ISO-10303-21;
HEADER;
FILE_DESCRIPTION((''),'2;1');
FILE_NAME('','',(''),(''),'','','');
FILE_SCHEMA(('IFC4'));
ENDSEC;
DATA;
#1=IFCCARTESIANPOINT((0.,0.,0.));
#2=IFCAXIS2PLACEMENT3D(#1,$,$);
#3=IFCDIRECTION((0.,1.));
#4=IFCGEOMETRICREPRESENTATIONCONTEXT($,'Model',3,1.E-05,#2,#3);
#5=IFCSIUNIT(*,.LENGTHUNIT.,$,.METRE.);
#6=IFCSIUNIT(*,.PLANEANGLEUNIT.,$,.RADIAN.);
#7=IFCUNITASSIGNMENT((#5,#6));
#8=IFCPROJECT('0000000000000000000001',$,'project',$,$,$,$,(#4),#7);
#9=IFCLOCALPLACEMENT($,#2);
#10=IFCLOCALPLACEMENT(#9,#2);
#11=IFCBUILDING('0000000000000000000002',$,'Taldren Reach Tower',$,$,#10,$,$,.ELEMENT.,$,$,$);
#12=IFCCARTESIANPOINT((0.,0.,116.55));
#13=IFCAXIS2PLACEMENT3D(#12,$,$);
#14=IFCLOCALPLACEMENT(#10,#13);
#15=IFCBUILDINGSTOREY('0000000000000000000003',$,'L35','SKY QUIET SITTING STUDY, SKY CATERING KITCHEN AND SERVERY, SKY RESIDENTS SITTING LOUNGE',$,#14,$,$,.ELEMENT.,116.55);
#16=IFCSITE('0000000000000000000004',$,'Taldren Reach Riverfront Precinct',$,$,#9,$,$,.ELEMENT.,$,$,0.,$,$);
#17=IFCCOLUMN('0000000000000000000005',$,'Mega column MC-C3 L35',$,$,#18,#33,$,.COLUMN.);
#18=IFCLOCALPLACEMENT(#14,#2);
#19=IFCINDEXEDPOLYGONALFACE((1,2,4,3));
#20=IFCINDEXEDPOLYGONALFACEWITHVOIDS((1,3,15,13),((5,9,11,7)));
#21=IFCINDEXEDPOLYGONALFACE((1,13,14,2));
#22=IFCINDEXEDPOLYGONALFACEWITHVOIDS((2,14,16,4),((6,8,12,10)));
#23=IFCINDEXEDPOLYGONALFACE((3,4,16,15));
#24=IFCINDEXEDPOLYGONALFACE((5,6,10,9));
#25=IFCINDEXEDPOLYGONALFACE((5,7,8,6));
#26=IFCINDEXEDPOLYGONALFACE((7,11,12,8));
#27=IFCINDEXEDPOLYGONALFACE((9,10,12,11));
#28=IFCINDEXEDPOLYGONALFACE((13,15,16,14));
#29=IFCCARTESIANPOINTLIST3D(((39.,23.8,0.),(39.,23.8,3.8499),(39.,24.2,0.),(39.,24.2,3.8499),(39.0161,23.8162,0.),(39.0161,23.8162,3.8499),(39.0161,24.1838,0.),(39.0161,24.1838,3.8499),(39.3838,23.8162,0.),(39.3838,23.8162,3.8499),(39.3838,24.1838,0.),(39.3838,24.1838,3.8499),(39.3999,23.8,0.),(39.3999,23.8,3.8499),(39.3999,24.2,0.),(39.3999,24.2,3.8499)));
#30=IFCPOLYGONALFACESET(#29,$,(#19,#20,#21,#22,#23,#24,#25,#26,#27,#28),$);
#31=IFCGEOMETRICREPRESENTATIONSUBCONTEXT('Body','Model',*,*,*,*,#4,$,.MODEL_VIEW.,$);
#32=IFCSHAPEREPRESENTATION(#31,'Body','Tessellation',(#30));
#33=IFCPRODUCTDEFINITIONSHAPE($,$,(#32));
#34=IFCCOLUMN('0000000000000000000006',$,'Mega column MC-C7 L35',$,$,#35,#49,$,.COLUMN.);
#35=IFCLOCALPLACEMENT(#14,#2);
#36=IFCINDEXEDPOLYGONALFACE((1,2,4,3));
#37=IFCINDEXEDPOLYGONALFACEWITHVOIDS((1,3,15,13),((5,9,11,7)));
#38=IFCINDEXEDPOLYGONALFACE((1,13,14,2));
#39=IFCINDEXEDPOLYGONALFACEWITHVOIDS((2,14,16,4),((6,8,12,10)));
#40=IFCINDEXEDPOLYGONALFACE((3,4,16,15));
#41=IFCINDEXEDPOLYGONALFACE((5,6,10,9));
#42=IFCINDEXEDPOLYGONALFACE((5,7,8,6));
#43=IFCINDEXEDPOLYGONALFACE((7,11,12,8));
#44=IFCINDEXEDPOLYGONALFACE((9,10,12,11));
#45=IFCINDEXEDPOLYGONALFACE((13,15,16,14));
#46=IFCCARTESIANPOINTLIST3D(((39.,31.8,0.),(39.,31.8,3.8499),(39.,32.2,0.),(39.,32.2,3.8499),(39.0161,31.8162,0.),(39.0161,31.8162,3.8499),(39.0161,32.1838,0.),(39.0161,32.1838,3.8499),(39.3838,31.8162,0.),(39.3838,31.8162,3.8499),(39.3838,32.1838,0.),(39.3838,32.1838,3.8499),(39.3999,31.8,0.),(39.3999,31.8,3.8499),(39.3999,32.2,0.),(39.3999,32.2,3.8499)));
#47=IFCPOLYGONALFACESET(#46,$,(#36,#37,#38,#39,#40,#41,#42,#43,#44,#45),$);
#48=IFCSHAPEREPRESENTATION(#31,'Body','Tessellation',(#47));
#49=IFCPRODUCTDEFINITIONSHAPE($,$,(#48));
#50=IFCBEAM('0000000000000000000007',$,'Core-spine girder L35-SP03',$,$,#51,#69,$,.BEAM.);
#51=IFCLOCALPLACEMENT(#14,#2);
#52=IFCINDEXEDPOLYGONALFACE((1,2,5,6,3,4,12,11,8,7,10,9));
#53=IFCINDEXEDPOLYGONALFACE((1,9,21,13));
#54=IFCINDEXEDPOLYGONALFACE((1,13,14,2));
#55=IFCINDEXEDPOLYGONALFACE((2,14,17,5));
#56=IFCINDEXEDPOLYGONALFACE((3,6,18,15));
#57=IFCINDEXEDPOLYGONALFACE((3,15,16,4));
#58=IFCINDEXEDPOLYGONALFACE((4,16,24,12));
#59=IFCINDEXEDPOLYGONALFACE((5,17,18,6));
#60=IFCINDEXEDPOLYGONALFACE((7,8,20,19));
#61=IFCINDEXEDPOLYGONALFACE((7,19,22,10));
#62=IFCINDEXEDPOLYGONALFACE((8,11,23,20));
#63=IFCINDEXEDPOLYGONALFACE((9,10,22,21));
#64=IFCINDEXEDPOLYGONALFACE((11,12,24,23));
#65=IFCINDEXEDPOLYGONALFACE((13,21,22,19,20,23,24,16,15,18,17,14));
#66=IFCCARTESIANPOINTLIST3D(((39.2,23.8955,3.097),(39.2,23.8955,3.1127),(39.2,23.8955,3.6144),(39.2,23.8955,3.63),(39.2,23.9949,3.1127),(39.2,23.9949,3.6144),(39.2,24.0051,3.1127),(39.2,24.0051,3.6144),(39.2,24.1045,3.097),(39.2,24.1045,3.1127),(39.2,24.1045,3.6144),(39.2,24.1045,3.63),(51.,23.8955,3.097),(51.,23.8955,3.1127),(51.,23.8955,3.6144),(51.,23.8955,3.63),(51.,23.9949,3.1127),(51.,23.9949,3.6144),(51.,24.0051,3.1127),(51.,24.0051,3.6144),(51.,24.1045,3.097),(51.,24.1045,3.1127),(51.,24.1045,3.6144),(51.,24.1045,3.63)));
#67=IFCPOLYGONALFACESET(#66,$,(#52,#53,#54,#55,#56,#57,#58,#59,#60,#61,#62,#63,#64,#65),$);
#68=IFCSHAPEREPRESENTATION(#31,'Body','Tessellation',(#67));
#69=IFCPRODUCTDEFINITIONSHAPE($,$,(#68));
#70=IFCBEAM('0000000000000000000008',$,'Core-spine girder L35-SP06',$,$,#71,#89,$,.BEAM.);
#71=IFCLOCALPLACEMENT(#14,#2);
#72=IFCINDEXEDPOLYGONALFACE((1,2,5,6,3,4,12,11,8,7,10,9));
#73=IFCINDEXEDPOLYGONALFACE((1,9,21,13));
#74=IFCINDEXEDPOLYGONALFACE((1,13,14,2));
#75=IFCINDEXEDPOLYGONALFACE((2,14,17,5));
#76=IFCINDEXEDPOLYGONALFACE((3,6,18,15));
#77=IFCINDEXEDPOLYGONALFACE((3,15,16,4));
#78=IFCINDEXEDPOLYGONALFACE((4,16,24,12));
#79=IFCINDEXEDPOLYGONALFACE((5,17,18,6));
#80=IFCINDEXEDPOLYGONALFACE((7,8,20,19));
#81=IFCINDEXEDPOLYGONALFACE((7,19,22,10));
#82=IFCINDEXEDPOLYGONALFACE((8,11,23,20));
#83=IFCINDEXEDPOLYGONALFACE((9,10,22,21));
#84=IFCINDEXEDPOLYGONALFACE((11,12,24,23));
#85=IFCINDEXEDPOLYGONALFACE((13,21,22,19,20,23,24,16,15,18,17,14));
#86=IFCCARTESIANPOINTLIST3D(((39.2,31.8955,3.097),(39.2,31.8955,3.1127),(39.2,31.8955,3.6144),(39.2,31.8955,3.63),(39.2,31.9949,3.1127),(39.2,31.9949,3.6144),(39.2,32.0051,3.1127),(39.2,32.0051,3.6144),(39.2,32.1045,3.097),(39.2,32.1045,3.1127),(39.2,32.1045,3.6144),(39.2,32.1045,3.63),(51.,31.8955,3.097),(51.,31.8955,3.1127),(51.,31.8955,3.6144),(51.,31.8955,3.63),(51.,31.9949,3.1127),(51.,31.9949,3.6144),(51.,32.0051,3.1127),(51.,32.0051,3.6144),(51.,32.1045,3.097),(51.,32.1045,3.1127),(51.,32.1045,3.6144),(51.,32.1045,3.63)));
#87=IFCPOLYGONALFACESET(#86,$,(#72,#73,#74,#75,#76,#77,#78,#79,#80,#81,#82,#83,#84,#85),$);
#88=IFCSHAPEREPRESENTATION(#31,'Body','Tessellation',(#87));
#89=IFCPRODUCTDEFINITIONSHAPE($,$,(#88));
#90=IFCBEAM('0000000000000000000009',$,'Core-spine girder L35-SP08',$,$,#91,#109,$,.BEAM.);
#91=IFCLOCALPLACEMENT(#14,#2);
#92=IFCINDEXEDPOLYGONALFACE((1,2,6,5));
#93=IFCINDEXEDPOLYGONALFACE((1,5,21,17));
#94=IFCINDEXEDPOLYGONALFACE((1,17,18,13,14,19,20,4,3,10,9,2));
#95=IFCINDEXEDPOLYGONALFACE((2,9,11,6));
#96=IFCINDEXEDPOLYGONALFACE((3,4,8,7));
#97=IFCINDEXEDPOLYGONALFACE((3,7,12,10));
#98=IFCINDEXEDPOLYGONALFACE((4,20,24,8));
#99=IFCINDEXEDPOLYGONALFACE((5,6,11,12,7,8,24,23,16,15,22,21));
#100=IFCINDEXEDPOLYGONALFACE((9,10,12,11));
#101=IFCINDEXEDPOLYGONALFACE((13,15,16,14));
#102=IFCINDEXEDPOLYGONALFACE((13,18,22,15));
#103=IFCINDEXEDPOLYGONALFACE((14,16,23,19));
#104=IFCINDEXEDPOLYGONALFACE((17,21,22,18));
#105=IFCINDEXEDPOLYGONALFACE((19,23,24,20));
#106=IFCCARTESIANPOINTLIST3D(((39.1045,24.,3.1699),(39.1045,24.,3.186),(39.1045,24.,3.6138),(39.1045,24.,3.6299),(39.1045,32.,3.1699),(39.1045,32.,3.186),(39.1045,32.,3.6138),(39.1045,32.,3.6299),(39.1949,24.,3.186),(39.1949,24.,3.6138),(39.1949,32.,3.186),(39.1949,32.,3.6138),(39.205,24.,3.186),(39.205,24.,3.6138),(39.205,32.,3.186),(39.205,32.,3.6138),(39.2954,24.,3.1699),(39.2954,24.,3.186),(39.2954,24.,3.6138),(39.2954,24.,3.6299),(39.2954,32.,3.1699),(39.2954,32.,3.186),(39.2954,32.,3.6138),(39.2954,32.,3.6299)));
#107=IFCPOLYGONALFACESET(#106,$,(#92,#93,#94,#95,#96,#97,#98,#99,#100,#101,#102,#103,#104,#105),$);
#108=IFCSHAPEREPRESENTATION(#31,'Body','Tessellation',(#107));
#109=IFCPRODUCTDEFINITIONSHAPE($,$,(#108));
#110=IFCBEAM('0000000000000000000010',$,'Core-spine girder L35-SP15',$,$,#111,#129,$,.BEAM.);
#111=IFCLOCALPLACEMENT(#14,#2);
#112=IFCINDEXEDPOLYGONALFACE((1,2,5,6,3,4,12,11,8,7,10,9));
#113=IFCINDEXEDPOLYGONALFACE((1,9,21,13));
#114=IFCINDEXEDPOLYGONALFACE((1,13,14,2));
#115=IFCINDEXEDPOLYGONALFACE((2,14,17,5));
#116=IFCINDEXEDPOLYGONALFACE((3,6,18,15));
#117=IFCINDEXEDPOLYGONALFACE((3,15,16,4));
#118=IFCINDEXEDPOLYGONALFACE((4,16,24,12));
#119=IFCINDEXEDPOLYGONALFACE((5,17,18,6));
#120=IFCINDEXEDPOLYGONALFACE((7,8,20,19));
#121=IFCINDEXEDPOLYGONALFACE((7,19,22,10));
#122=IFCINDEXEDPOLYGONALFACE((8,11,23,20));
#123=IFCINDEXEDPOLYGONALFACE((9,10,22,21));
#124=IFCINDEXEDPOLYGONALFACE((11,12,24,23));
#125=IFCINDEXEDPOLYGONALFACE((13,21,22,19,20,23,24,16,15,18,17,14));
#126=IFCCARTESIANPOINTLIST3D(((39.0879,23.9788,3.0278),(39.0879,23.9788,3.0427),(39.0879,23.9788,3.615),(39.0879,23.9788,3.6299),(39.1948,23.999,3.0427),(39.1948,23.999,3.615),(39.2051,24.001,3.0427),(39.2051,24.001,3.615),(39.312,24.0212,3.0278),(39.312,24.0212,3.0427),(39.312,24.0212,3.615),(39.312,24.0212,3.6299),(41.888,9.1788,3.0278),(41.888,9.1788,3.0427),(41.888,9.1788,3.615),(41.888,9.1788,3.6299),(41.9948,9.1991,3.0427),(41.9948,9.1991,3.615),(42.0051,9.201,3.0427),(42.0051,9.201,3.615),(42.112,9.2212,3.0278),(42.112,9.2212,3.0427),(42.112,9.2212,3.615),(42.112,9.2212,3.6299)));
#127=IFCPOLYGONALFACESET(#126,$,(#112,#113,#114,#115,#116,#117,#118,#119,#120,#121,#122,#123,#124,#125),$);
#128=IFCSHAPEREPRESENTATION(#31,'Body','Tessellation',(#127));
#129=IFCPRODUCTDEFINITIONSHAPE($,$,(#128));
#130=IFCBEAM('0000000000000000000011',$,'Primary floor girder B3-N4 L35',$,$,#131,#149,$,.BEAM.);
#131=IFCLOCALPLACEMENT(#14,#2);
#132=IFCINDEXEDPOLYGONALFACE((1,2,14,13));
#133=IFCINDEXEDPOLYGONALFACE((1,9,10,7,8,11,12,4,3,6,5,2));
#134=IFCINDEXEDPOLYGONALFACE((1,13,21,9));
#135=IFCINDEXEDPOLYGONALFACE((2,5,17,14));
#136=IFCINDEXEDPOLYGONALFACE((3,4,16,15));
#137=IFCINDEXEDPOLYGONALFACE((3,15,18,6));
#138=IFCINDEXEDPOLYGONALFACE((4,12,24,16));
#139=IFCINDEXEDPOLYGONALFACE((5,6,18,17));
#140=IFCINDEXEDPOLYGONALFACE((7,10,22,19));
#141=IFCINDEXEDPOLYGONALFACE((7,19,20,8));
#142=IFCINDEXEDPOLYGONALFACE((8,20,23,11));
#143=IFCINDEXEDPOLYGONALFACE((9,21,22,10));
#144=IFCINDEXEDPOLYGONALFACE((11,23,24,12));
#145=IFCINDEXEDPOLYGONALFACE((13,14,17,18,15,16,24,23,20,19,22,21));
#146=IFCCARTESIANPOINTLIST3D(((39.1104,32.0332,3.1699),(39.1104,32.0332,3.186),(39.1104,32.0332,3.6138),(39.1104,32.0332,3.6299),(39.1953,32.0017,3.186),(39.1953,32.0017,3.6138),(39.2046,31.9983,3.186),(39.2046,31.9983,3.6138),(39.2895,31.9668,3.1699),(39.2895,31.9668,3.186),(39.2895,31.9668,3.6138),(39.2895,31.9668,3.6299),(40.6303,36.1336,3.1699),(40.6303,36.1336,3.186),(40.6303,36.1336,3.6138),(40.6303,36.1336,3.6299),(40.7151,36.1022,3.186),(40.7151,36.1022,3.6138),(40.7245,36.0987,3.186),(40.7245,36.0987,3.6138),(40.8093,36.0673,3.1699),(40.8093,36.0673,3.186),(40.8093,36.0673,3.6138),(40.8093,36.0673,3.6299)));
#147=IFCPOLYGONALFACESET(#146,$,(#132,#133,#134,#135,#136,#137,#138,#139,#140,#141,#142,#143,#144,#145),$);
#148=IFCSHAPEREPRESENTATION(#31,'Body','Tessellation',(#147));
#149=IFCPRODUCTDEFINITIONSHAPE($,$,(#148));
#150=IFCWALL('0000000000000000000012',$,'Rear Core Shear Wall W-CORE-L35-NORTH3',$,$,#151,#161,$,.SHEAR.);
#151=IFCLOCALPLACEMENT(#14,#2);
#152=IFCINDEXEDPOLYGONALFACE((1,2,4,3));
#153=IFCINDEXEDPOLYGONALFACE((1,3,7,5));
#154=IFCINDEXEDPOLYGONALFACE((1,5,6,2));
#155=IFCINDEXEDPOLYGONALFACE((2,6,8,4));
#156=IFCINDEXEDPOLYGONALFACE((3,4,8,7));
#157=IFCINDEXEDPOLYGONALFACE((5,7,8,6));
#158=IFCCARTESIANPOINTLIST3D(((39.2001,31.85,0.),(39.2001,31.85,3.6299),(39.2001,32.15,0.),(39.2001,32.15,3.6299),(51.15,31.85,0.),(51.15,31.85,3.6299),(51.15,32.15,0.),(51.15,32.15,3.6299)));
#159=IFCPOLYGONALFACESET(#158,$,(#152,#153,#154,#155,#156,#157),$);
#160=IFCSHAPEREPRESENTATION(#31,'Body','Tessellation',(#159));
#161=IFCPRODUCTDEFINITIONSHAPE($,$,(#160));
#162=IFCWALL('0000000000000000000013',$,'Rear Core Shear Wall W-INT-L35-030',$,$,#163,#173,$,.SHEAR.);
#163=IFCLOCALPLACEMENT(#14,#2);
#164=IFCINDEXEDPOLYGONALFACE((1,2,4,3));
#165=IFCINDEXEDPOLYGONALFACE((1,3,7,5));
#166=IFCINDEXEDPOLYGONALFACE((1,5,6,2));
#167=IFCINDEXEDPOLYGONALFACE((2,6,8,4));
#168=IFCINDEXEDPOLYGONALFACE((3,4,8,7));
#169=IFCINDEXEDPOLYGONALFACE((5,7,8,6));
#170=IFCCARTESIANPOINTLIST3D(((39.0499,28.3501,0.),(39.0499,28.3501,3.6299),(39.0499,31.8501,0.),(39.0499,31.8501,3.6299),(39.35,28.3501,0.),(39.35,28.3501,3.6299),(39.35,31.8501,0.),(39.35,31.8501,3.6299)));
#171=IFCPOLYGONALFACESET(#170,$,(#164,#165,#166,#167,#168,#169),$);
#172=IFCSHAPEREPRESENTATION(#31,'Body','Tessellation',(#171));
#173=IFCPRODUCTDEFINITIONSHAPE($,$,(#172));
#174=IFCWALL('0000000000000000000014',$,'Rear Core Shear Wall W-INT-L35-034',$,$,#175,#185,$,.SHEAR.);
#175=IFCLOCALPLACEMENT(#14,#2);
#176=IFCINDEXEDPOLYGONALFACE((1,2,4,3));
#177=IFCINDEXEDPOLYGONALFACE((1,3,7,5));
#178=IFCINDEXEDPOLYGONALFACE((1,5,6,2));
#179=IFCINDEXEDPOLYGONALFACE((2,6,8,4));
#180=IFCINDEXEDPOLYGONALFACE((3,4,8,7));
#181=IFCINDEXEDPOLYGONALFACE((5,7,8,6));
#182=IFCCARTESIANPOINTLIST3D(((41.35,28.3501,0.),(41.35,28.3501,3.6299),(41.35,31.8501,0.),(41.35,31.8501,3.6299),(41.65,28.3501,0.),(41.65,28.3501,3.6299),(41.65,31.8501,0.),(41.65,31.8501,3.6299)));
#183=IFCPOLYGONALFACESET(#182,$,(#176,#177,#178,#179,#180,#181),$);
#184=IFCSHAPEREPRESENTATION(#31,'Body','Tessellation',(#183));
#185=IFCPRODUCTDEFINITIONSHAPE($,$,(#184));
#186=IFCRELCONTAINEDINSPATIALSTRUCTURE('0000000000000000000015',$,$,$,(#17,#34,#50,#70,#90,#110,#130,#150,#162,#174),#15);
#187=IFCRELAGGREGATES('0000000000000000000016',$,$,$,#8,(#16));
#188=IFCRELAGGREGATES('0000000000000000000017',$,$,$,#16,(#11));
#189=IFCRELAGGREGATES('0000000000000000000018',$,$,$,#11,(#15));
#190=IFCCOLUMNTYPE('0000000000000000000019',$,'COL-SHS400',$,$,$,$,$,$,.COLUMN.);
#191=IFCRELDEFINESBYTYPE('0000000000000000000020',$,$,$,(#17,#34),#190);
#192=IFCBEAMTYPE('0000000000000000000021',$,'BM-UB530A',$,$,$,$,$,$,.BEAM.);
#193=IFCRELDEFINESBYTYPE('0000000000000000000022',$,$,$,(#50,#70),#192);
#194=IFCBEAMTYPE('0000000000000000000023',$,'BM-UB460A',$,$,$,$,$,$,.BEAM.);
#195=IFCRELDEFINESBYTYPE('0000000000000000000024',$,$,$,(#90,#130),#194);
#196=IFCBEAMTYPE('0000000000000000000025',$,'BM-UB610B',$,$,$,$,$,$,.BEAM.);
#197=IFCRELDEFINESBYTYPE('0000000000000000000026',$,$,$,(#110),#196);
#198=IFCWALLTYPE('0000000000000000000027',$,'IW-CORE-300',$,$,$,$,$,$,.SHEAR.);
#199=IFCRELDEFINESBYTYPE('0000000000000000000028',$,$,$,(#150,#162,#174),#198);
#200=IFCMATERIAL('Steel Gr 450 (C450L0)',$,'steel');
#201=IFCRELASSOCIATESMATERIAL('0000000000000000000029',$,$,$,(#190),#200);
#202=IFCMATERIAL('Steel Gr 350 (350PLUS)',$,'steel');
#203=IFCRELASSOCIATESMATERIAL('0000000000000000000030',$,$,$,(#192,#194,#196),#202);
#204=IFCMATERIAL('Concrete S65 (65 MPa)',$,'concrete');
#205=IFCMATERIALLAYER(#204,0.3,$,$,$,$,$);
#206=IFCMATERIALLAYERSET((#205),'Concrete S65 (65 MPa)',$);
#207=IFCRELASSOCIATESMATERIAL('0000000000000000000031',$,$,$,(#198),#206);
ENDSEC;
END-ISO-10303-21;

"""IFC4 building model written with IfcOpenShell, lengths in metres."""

from ifc_helpers import new_model, si_unit, direction, frame, frame_2d, origin, origin_2d, place, context, subcontext, project, spatial, rectangle, hollow_rectangle, i_section, extrude, source, transform, mapped, material, layer, layer_set, material_profile, profile_set, type_object, element, save


model = new_model("IFC4")

# Units and contexts
model_context = context("Model", 3, precision=1e-05, world=origin(), true_north=direction((0.0, 1.0)))
body_context = subcontext(model_context, "Body", "Model", "MODEL_VIEW")
ifc_project = project(units=[si_unit("LENGTHUNIT", "METRE"), si_unit("PLANEANGLEUNIT", "RADIAN")], contexts=[model_context])

# Site, building, storey
site_placement = place(None, origin())
site = spatial("IfcSite", under=ifc_project, at=site_placement, Name="Taldren Reach Riverfront Precinct", CompositionType="ELEMENT", RefElevation=0.0)
building_placement = place(site_placement, origin())
building = spatial("IfcBuilding", under=site, at=building_placement, Name="Taldren Reach Tower", CompositionType="ELEMENT")
storey_placement = place(building_placement, frame((0.0, 0.0, 116.55)))
storey = spatial("IfcBuildingStorey", under=building, at=storey_placement, Name="L35", Description="SKY QUIET SITTING STUDY, SKY CATERING KITCHEN AND SERVERY, SKY RESIDENTS SITTING LOUNGE", CompositionType="ELEMENT", Elevation=116.55)

# Columns
ifc_material_1 = material(Name="Steel Gr 450 (C450L0)", Category="steel")
ifc_material_profile_1 = material_profile(ifc_material_1, hollow_rectangle(XDim=0.3999, YDim=0.3999, WallThickness=0.0161, at=origin_2d()), Name="400x400x16.0SHS")
ifc_profile_set_1 = profile_set([ifc_material_profile_1], Name="Steel Gr 450 (C450L0)")
column_type = type_object("IfcColumnType", Name="COL-SHS400", PredefinedType="COLUMN", material=ifc_profile_set_1)
shared_shape_1 = source(origin(), body_context, "Body", "SweptSolid", [
    extrude(hollow_rectangle(XDim=0.3999, YDim=0.3999, WallThickness=0.0161, at=origin_2d()), origin(), (0.0, 0.0, 1.0), 3.8499),
])
for number, where, z_axis, x_axis, name in (
    (1, (39.2, 24.0, 0.0), (0.0, 0.0, 1.0), (1.0, 0.0, 0.0), "Mega column MC-C3 L35"),
    (2, (39.2, 32.0, 0.0), (0.0, 0.0, 1.0), (1.0, 0.0, 0.0), "Mega column MC-C7 L35"),
):
    element("IfcColumn", number, at=place(storey_placement, frame(where, z_axis=z_axis, x_axis=x_axis)), inside=storey, type_object=column_type, Name=name, PredefinedType="COLUMN", context=body_context, shape_type="MappedRepresentation", body=[
        mapped(shared_shape_1, transform((0.0, 0.0, 0.0), scale=1.0)),
    ])

# Beams
ifc_material_2 = material(Name="Steel Gr 350 (350PLUS)", Category="steel")
ifc_material_profile_2 = material_profile(ifc_material_2, i_section(OverallWidth=0.209, OverallDepth=0.533, WebThickness=0.0103, FlangeThickness=0.0156, at=origin_2d()), Name="530UB92.4")
ifc_profile_set_2 = profile_set([ifc_material_profile_2], Name="Steel Gr 350 (350PLUS)")
beam_type_1 = type_object("IfcBeamType", Name="BM-UB530A", PredefinedType="BEAM", material=ifc_profile_set_2)
shared_shape_2 = source(origin(), body_context, "Body", "SweptSolid", [
    extrude(i_section(OverallWidth=0.209, OverallDepth=0.533, WebThickness=0.0103, FlangeThickness=0.0156, at=origin_2d()), origin(), (0.0, 0.0, 1.0), 11.8),
])
for number, where, z_axis, x_axis, name in (
    (3, (39.2, 24.0, 3.3635), (1.0, 0.0, 0.0), (0.0, 1.0, 0.0), "Core-spine girder L35-SP03"),
    (4, (39.2, 32.0, 3.3635), (1.0, 0.0, 0.0), (0.0, 1.0, 0.0), "Core-spine girder L35-SP06"),
):
    element("IfcBeam", number, at=place(storey_placement, frame(where, z_axis=z_axis, x_axis=x_axis)), inside=storey, type_object=beam_type_1, Name=name, PredefinedType="BEAM", context=body_context, shape_type="MappedRepresentation", body=[
        mapped(shared_shape_2, transform((0.0, 0.0, 0.0), scale=1.0)),
    ])
ifc_material_profile_3 = material_profile(ifc_material_2, i_section(OverallWidth=0.1909, OverallDepth=0.46, WebThickness=0.01, FlangeThickness=0.0161, at=origin_2d()), Name="460UB82.1")
ifc_profile_set_3 = profile_set([ifc_material_profile_3], Name="Steel Gr 350 (350PLUS)")
beam_type_2 = type_object("IfcBeamType", Name="BM-UB460A", PredefinedType="BEAM", material=ifc_profile_set_3)
shared_shape_3 = source(origin(), body_context, "Body", "SweptSolid", [
    extrude(i_section(OverallWidth=0.1909, OverallDepth=0.46, WebThickness=0.01, FlangeThickness=0.0161, at=origin_2d()), origin(), (0.0, 0.0, 1.0), 8.0),
])
beam_1_placement = place(storey_placement, frame((39.2, 24.0, 3.3999), z_axis=(0.0, 1.0, 0.0), x_axis=(-1.0, 0.0, 0.0)))
element("IfcBeam", 5, at=beam_1_placement, inside=storey, type_object=beam_type_2, Name="Core-spine girder L35-SP08", PredefinedType="BEAM", context=body_context, shape_type="MappedRepresentation", body=[
    mapped(shared_shape_3, transform((0.0, 0.0, 0.0), scale=1.0)),
])
ifc_material_profile_4 = material_profile(ifc_material_2, i_section(OverallWidth=0.228, OverallDepth=0.6021, WebThickness=0.0105, FlangeThickness=0.0149, at=origin_2d()), Name="610UB101")
ifc_profile_set_4 = profile_set([ifc_material_profile_4], Name="Steel Gr 350 (350PLUS)")
beam_type_3 = type_object("IfcBeamType", Name="BM-UB610B", PredefinedType="BEAM", material=ifc_profile_set_4)
shared_shape_4 = source(origin(), body_context, "Body", "SweptSolid", [
    extrude(i_section(OverallWidth=0.228, OverallDepth=0.6021, WebThickness=0.0105, FlangeThickness=0.0149, at=origin_2d()), origin(), (0.0, 0.0, 1.0), 15.0625),
])
beam_2_placement = place(storey_placement, frame((39.2, 24.0, 3.3289), z_axis=(0.185894, -0.98257, 0.0), x_axis=(0.98257, 0.185894, 0.0)))
element("IfcBeam", 6, at=beam_2_placement, inside=storey, type_object=beam_type_3, Name="Core-spine girder L35-SP15", PredefinedType="BEAM", context=body_context, shape_type="MappedRepresentation", body=[
    mapped(shared_shape_4, transform((0.0, 0.0, 0.0), scale=1.0)),
])
shared_shape_5 = source(origin(), body_context, "Body", "SweptSolid", [
    extrude(i_section(OverallWidth=0.1909, OverallDepth=0.46, WebThickness=0.01, FlangeThickness=0.0161, at=origin_2d()), origin(), (0.0, 0.0, 1.0), 4.373),
])
beam_3_placement = place(storey_placement, frame((39.2, 32.0, 3.3999), z_axis=(0.347542, 0.937665, 0.0), x_axis=(-0.937665, 0.347542, 0.0)))
element("IfcBeam", 7, at=beam_3_placement, inside=storey, type_object=beam_type_2, Name="Primary floor girder B3-N4 L35", PredefinedType="BEAM", context=body_context, shape_type="MappedRepresentation", body=[
    mapped(shared_shape_5, transform((0.0, 0.0, 0.0), scale=1.0)),
])

# Walls
ifc_material_3 = material(Name="Concrete S65 (65 MPa)", Category="concrete")
ifc_layer_1 = layer(ifc_material_3, 0.3)
ifc_layer_set_1 = layer_set([ifc_layer_1], Name="Concrete S65 (65 MPa)")
wall_type_1 = type_object("IfcWallType", Name="IW-CORE-300", PredefinedType="SHEAR", material=ifc_layer_set_1)
shared_shape_6 = source(origin(), body_context, "Body", "SweptSolid", [
    extrude(rectangle(XDim=11.95, YDim=0.3, at=frame_2d((5.9751, 0.0))), origin(), (0.0, 0.0, 1.0), 3.6299),
])
wall_1_placement = place(storey_placement, frame((39.2, 32.0, 0.0), z_axis=(0.0, 0.0, 1.0), x_axis=(1.0, 0.0, 0.0)))
element("IfcWall", 8, at=wall_1_placement, inside=storey, type_object=wall_type_1, Name="Rear Core Shear Wall W-CORE-L35-NORTH3", PredefinedType="SHEAR", context=body_context, shape_type="MappedRepresentation", body=[
    mapped(shared_shape_6, transform((0.0, 0.0, 0.0), scale=1.0)),
])
shared_shape_7 = source(origin(), body_context, "Body", "SweptSolid", [
    extrude(rectangle(XDim=3.5, YDim=0.3, at=frame_2d((1.75, 0.0))), origin(), (0.0, 0.0, 1.0), 3.6299),
])
for number, where, z_axis, x_axis, name in (
    (9, (39.2, 28.3501, 0.0), (0.0, 0.0, 1.0), (0.0, 1.0, 0.0), "Rear Core Shear Wall W-INT-L35-030"),
    (10, (41.5, 28.3501, 0.0), (0.0, 0.0, 1.0), (0.0, 1.0, 0.0), "Rear Core Shear Wall W-INT-L35-034"),
):
    element("IfcWall", number, at=place(storey_placement, frame(where, z_axis=z_axis, x_axis=x_axis)), inside=storey, type_object=wall_type_1, Name=name, PredefinedType="SHEAR", context=body_context, shape_type="MappedRepresentation", body=[
        mapped(shared_shape_7, transform((0.0, 0.0, 0.0), scale=1.0)),
    ])

save(model, "model.ifc")
